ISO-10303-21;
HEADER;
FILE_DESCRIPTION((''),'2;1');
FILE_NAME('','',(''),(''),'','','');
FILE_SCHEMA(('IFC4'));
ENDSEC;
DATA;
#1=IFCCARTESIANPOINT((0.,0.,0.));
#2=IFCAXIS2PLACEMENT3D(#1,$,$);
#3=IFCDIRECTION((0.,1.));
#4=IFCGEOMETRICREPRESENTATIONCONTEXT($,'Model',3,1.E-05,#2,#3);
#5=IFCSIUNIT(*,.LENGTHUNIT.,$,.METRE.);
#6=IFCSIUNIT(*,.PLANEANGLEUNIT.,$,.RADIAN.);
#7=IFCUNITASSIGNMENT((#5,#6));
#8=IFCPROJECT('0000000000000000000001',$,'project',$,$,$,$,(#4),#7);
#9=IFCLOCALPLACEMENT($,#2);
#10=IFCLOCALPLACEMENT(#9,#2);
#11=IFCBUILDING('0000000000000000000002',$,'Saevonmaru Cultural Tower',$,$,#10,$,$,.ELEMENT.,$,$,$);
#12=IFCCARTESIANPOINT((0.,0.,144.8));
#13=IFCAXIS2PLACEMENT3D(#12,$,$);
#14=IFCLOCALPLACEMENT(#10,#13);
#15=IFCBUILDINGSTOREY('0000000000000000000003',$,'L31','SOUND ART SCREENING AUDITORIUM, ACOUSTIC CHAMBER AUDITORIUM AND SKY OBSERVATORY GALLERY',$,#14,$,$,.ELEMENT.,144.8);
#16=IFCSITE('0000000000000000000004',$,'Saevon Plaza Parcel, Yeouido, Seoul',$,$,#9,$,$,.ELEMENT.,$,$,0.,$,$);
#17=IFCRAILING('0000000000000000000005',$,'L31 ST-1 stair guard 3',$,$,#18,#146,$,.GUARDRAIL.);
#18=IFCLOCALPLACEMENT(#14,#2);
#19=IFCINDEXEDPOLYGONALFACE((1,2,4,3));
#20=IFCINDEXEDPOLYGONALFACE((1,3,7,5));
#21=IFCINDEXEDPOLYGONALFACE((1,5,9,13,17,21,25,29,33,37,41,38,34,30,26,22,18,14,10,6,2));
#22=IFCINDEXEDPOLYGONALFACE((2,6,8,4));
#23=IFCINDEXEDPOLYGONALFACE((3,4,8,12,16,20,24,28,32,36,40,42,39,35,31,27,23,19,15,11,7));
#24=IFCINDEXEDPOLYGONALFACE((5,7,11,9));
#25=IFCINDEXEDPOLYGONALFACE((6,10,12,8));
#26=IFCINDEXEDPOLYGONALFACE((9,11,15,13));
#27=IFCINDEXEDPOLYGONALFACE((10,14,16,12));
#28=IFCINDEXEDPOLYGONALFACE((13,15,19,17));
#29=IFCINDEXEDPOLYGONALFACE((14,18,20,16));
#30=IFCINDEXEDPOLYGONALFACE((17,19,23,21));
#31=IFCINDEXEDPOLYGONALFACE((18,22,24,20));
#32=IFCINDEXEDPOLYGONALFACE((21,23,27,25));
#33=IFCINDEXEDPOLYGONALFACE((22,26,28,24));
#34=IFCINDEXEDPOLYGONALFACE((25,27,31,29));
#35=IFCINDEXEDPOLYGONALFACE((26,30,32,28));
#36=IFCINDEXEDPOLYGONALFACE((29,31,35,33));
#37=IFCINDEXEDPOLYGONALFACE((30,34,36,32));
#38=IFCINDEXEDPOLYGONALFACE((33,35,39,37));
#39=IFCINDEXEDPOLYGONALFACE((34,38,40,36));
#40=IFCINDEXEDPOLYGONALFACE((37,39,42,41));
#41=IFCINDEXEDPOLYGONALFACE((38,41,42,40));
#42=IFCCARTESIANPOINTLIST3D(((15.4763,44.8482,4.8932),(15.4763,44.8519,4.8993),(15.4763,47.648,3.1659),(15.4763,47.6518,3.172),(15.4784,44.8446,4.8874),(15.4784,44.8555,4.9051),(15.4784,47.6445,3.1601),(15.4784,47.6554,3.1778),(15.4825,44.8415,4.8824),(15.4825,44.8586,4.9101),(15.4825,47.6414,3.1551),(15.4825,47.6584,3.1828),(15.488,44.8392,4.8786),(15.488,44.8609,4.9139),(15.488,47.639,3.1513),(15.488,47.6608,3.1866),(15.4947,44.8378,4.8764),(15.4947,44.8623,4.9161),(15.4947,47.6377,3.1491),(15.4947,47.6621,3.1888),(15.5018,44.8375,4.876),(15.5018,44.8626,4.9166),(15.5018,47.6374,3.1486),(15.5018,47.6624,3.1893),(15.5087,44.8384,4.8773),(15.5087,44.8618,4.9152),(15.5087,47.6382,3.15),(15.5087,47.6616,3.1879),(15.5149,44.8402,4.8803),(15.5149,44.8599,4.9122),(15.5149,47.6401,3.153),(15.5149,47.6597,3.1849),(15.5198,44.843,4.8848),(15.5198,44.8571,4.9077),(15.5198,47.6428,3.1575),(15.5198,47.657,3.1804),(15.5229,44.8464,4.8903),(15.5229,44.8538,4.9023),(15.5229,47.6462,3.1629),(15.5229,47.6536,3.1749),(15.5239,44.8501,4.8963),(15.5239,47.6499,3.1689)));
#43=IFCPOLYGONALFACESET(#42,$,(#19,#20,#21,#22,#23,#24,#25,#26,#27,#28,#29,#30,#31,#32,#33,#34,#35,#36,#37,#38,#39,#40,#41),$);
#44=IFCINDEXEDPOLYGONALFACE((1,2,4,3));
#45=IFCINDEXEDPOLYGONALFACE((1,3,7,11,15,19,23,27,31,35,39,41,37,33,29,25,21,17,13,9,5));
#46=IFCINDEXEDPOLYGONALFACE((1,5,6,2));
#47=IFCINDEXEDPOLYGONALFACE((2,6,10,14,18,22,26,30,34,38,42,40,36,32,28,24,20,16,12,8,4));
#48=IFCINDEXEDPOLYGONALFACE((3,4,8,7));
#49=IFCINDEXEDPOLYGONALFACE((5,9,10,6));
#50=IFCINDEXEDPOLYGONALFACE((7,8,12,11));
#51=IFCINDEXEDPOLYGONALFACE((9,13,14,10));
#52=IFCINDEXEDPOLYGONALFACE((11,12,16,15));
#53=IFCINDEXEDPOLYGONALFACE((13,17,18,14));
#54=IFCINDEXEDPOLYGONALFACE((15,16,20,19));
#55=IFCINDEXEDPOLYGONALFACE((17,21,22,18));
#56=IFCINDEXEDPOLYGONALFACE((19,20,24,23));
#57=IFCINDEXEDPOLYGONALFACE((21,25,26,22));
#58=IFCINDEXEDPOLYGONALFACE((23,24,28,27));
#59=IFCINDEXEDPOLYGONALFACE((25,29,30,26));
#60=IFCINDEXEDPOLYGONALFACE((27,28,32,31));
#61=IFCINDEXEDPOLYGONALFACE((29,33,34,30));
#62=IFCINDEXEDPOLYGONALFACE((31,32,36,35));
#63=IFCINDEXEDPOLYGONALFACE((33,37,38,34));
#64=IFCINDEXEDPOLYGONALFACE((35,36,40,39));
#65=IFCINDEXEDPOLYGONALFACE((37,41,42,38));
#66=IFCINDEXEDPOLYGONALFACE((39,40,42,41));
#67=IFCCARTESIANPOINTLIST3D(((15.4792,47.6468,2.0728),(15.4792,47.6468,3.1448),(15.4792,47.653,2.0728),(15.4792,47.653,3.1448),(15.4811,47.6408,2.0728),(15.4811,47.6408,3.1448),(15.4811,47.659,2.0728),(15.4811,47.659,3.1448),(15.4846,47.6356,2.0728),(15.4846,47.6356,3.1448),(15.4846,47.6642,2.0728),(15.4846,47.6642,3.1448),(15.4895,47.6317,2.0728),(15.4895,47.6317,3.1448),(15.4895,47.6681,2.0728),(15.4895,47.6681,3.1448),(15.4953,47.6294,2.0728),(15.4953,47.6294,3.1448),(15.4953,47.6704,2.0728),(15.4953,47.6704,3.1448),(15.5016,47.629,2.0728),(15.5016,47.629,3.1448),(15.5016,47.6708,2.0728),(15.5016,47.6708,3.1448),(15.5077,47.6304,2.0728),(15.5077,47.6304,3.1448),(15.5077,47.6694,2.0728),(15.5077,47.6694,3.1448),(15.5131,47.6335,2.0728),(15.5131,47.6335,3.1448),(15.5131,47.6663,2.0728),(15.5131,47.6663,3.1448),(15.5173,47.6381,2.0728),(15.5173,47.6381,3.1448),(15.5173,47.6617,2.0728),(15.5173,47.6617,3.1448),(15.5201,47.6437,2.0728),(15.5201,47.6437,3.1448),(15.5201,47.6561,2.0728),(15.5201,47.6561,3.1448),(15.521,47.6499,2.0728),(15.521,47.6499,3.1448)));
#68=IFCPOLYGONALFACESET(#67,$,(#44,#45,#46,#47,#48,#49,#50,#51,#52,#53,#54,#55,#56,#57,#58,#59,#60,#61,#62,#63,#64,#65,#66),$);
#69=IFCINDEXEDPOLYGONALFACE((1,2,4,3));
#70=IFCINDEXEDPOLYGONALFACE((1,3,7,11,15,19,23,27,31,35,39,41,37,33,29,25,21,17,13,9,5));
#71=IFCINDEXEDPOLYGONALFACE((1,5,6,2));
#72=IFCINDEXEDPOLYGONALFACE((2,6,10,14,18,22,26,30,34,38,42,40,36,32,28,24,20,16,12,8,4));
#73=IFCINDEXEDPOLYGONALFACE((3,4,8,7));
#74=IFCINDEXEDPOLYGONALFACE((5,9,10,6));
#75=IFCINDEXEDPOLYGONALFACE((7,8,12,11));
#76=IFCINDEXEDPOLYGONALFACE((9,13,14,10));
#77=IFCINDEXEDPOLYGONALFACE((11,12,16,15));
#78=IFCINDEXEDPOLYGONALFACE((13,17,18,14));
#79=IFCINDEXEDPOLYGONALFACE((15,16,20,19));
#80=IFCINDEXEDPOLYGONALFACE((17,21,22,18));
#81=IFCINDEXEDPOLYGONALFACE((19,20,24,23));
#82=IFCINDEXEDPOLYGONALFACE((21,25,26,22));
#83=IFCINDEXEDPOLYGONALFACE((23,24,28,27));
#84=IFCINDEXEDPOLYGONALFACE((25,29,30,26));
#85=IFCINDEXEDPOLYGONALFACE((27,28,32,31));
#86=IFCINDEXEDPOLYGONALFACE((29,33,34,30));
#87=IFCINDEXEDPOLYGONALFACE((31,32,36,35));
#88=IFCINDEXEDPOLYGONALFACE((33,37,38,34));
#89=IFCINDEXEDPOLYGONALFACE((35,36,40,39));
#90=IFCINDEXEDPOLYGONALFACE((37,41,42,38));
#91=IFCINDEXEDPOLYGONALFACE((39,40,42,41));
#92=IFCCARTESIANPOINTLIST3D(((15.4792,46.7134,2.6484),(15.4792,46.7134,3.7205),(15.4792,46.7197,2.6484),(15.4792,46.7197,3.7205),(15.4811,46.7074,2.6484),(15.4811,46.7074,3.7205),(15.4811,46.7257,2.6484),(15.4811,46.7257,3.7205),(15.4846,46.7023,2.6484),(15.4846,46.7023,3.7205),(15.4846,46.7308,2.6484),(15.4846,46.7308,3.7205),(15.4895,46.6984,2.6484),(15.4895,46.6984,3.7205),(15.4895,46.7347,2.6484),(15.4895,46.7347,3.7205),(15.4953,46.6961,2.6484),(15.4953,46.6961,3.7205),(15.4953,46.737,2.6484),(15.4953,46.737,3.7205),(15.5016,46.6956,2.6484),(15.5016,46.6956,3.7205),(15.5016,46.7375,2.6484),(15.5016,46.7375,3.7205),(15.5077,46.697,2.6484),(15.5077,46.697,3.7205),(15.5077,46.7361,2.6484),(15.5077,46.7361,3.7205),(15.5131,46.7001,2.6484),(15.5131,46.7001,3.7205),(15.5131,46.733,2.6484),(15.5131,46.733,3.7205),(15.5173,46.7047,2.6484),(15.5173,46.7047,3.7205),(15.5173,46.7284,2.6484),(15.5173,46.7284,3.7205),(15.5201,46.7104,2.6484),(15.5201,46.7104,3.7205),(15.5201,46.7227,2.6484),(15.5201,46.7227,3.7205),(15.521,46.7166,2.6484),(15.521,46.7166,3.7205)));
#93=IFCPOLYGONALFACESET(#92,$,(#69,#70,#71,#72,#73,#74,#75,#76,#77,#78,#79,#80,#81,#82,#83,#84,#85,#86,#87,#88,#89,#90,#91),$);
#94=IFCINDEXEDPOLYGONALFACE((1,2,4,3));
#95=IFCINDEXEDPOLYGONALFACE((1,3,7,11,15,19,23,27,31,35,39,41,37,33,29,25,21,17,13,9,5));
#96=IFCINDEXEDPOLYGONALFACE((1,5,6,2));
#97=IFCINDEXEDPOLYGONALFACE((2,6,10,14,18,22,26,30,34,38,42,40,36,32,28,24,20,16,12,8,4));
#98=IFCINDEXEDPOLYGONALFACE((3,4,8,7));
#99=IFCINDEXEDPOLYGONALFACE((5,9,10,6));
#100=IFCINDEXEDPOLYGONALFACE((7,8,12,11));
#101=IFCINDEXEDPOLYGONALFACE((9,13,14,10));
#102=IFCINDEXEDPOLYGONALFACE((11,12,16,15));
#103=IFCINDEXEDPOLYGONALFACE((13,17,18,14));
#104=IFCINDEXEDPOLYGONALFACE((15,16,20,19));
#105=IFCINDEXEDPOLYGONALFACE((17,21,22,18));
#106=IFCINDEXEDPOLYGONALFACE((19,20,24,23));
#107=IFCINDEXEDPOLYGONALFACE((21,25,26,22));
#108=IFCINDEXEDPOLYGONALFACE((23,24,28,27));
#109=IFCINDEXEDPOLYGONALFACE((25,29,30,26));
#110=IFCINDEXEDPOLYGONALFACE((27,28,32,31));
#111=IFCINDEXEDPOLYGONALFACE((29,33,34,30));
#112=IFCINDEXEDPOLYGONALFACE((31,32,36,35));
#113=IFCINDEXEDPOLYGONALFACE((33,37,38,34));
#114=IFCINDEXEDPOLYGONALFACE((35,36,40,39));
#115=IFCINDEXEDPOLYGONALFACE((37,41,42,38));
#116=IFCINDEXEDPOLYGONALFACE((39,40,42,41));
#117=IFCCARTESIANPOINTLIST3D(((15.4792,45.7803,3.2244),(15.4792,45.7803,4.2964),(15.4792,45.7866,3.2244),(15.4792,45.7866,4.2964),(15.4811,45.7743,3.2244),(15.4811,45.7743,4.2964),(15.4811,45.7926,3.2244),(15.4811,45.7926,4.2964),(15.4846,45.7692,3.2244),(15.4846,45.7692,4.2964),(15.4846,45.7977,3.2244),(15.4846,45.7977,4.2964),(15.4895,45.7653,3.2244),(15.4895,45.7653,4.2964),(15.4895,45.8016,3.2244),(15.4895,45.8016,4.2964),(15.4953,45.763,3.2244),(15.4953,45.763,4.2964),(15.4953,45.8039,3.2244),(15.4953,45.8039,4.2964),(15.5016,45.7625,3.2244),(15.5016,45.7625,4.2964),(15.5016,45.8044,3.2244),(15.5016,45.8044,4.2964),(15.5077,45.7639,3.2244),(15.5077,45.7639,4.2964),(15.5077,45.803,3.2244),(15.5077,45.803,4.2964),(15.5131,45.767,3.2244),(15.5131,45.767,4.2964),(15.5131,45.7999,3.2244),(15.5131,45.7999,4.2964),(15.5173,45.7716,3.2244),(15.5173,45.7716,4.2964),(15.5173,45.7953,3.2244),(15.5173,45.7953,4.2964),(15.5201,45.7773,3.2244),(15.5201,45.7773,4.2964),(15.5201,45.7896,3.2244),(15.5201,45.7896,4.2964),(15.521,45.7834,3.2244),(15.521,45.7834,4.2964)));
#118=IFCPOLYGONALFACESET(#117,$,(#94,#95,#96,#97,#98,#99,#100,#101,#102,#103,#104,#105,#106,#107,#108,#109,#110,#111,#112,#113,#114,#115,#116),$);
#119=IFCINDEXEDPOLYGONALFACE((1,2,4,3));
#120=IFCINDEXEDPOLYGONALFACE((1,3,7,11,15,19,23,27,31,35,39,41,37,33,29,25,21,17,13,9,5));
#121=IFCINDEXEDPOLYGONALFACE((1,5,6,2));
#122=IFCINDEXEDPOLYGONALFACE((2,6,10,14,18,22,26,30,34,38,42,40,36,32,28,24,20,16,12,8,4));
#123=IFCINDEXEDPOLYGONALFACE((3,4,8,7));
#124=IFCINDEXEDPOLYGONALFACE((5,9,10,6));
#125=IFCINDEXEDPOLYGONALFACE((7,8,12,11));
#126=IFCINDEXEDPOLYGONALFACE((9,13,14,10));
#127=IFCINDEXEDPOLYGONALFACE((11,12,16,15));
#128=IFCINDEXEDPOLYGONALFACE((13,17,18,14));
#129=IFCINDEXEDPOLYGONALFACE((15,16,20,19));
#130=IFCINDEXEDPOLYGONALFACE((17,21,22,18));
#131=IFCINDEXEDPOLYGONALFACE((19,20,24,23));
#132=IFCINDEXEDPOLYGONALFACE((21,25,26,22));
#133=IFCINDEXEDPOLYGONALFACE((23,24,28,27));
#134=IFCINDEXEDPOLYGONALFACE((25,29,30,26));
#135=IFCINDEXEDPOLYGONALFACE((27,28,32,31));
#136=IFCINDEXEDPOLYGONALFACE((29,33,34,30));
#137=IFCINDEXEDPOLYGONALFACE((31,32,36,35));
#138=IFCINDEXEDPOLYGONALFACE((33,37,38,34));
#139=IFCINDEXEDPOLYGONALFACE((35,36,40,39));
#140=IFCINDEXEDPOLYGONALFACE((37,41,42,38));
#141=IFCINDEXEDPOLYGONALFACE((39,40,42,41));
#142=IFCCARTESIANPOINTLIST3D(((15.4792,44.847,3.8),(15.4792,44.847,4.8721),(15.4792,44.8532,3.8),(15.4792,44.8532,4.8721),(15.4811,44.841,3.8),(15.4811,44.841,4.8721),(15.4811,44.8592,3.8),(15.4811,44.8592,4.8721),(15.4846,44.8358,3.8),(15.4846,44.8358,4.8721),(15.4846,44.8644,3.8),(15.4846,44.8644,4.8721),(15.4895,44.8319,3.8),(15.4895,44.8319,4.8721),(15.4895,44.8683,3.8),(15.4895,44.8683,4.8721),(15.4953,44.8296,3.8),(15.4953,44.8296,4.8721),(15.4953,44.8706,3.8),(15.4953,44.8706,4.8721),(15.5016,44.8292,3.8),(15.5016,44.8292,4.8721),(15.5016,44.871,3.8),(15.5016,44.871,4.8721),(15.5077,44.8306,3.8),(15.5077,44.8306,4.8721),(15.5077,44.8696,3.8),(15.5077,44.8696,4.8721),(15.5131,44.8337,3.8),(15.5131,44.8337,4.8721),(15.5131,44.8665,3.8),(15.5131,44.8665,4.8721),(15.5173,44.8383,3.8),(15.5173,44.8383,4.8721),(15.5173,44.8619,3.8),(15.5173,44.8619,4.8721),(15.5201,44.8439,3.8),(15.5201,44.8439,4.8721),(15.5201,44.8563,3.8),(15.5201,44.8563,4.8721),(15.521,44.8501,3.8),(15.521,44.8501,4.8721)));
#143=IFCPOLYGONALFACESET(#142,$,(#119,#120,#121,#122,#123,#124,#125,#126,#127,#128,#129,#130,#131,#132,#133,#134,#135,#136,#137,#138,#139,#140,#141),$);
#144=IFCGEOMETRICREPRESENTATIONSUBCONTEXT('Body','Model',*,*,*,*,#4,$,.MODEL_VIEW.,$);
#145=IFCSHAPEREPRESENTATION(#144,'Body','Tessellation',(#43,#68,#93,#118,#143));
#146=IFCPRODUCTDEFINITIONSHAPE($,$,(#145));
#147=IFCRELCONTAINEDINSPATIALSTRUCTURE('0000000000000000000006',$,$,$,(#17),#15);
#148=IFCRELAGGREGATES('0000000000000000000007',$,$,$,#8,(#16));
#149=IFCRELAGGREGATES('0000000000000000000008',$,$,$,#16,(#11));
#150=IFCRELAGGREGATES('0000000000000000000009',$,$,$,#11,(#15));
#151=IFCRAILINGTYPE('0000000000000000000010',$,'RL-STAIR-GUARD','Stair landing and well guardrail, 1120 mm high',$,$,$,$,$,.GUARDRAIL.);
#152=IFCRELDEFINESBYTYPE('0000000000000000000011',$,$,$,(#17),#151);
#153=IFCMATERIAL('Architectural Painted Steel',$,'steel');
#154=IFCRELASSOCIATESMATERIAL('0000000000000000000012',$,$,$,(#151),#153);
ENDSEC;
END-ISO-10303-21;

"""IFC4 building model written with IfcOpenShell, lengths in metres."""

from ifc_helpers import new_model, si_unit, direction, frame, origin, origin_2d, place, context, subcontext, project, spatial, circle, extrude, material, type_object, element, save


model = new_model("IFC4")

# Units and contexts
model_context = context("Model", 3, precision=1e-05, world=origin(), true_north=direction((0.0, 1.0)))
body_context = subcontext(model_context, "Body", "Model", "MODEL_VIEW")
ifc_project = project(units=[si_unit("LENGTHUNIT", "METRE"), si_unit("PLANEANGLEUNIT", "RADIAN")], contexts=[model_context])

# Site, building, storey
site_placement = place(None, origin())
site = spatial("IfcSite", under=ifc_project, at=site_placement, Name="Saevon Plaza Parcel, Yeouido, Seoul", CompositionType="ELEMENT", RefElevation=0.0)
building_placement = place(site_placement, origin())
building = spatial("IfcBuilding", under=site, at=building_placement, Name="Saevonmaru Cultural Tower", CompositionType="ELEMENT")
storey_placement = place(building_placement, frame((0.0, 0.0, 144.8)))
storey = spatial("IfcBuildingStorey", under=building, at=storey_placement, Name="L31", Description="SOUND ART SCREENING AUDITORIUM, ACOUSTIC CHAMBER AUDITORIUM AND SKY OBSERVATORY GALLERY", CompositionType="ELEMENT", Elevation=144.8)

# Railing
ifc_material_1 = material(Name="Architectural Painted Steel", Category="steel")
railing_type_1 = type_object("IfcRailingType", Name="RL-STAIR-GUARD", Description="Stair landing and well guardrail, 1120 mm high", PredefinedType="GUARDRAIL", material=ifc_material_1)
railing_1_placement = place(storey_placement, frame((15.5, 47.6499, 2.0728)))
element("IfcRailing", 1, at=railing_1_placement, inside=storey, type_object=railing_type_1, Name="L31 ST-1 stair guard 3", PredefinedType="GUARDRAIL", context=body_context, shape_type="SweptSolid", body=[
    extrude(circle(Radius=0.0239, at=origin_2d()), frame((0.0, 0.0, 1.0962), z_axis=(0.0, -0.851069, 0.525054), x_axis=(1.0, 0.0, 0.0)), (0.0, 0.0, 1.0), 3.2898),
    extrude(circle(Radius=0.021, at=origin_2d()), origin(), (0.0, 0.0, 1.0), 1.072),
    extrude(circle(Radius=0.021, at=origin_2d()), frame((0.0, -0.9333, 0.5757)), (0.0, 0.0, 1.0), 1.072),
    extrude(circle(Radius=0.021, at=origin_2d()), frame((0.0, -1.8665, 1.1516)), (0.0, 0.0, 1.0), 1.072),
    extrude(circle(Radius=0.021, at=origin_2d()), frame((0.0, -2.7998, 1.7273)), (0.0, 0.0, 1.0), 1.072),
])

save(model, "model.ifc")
